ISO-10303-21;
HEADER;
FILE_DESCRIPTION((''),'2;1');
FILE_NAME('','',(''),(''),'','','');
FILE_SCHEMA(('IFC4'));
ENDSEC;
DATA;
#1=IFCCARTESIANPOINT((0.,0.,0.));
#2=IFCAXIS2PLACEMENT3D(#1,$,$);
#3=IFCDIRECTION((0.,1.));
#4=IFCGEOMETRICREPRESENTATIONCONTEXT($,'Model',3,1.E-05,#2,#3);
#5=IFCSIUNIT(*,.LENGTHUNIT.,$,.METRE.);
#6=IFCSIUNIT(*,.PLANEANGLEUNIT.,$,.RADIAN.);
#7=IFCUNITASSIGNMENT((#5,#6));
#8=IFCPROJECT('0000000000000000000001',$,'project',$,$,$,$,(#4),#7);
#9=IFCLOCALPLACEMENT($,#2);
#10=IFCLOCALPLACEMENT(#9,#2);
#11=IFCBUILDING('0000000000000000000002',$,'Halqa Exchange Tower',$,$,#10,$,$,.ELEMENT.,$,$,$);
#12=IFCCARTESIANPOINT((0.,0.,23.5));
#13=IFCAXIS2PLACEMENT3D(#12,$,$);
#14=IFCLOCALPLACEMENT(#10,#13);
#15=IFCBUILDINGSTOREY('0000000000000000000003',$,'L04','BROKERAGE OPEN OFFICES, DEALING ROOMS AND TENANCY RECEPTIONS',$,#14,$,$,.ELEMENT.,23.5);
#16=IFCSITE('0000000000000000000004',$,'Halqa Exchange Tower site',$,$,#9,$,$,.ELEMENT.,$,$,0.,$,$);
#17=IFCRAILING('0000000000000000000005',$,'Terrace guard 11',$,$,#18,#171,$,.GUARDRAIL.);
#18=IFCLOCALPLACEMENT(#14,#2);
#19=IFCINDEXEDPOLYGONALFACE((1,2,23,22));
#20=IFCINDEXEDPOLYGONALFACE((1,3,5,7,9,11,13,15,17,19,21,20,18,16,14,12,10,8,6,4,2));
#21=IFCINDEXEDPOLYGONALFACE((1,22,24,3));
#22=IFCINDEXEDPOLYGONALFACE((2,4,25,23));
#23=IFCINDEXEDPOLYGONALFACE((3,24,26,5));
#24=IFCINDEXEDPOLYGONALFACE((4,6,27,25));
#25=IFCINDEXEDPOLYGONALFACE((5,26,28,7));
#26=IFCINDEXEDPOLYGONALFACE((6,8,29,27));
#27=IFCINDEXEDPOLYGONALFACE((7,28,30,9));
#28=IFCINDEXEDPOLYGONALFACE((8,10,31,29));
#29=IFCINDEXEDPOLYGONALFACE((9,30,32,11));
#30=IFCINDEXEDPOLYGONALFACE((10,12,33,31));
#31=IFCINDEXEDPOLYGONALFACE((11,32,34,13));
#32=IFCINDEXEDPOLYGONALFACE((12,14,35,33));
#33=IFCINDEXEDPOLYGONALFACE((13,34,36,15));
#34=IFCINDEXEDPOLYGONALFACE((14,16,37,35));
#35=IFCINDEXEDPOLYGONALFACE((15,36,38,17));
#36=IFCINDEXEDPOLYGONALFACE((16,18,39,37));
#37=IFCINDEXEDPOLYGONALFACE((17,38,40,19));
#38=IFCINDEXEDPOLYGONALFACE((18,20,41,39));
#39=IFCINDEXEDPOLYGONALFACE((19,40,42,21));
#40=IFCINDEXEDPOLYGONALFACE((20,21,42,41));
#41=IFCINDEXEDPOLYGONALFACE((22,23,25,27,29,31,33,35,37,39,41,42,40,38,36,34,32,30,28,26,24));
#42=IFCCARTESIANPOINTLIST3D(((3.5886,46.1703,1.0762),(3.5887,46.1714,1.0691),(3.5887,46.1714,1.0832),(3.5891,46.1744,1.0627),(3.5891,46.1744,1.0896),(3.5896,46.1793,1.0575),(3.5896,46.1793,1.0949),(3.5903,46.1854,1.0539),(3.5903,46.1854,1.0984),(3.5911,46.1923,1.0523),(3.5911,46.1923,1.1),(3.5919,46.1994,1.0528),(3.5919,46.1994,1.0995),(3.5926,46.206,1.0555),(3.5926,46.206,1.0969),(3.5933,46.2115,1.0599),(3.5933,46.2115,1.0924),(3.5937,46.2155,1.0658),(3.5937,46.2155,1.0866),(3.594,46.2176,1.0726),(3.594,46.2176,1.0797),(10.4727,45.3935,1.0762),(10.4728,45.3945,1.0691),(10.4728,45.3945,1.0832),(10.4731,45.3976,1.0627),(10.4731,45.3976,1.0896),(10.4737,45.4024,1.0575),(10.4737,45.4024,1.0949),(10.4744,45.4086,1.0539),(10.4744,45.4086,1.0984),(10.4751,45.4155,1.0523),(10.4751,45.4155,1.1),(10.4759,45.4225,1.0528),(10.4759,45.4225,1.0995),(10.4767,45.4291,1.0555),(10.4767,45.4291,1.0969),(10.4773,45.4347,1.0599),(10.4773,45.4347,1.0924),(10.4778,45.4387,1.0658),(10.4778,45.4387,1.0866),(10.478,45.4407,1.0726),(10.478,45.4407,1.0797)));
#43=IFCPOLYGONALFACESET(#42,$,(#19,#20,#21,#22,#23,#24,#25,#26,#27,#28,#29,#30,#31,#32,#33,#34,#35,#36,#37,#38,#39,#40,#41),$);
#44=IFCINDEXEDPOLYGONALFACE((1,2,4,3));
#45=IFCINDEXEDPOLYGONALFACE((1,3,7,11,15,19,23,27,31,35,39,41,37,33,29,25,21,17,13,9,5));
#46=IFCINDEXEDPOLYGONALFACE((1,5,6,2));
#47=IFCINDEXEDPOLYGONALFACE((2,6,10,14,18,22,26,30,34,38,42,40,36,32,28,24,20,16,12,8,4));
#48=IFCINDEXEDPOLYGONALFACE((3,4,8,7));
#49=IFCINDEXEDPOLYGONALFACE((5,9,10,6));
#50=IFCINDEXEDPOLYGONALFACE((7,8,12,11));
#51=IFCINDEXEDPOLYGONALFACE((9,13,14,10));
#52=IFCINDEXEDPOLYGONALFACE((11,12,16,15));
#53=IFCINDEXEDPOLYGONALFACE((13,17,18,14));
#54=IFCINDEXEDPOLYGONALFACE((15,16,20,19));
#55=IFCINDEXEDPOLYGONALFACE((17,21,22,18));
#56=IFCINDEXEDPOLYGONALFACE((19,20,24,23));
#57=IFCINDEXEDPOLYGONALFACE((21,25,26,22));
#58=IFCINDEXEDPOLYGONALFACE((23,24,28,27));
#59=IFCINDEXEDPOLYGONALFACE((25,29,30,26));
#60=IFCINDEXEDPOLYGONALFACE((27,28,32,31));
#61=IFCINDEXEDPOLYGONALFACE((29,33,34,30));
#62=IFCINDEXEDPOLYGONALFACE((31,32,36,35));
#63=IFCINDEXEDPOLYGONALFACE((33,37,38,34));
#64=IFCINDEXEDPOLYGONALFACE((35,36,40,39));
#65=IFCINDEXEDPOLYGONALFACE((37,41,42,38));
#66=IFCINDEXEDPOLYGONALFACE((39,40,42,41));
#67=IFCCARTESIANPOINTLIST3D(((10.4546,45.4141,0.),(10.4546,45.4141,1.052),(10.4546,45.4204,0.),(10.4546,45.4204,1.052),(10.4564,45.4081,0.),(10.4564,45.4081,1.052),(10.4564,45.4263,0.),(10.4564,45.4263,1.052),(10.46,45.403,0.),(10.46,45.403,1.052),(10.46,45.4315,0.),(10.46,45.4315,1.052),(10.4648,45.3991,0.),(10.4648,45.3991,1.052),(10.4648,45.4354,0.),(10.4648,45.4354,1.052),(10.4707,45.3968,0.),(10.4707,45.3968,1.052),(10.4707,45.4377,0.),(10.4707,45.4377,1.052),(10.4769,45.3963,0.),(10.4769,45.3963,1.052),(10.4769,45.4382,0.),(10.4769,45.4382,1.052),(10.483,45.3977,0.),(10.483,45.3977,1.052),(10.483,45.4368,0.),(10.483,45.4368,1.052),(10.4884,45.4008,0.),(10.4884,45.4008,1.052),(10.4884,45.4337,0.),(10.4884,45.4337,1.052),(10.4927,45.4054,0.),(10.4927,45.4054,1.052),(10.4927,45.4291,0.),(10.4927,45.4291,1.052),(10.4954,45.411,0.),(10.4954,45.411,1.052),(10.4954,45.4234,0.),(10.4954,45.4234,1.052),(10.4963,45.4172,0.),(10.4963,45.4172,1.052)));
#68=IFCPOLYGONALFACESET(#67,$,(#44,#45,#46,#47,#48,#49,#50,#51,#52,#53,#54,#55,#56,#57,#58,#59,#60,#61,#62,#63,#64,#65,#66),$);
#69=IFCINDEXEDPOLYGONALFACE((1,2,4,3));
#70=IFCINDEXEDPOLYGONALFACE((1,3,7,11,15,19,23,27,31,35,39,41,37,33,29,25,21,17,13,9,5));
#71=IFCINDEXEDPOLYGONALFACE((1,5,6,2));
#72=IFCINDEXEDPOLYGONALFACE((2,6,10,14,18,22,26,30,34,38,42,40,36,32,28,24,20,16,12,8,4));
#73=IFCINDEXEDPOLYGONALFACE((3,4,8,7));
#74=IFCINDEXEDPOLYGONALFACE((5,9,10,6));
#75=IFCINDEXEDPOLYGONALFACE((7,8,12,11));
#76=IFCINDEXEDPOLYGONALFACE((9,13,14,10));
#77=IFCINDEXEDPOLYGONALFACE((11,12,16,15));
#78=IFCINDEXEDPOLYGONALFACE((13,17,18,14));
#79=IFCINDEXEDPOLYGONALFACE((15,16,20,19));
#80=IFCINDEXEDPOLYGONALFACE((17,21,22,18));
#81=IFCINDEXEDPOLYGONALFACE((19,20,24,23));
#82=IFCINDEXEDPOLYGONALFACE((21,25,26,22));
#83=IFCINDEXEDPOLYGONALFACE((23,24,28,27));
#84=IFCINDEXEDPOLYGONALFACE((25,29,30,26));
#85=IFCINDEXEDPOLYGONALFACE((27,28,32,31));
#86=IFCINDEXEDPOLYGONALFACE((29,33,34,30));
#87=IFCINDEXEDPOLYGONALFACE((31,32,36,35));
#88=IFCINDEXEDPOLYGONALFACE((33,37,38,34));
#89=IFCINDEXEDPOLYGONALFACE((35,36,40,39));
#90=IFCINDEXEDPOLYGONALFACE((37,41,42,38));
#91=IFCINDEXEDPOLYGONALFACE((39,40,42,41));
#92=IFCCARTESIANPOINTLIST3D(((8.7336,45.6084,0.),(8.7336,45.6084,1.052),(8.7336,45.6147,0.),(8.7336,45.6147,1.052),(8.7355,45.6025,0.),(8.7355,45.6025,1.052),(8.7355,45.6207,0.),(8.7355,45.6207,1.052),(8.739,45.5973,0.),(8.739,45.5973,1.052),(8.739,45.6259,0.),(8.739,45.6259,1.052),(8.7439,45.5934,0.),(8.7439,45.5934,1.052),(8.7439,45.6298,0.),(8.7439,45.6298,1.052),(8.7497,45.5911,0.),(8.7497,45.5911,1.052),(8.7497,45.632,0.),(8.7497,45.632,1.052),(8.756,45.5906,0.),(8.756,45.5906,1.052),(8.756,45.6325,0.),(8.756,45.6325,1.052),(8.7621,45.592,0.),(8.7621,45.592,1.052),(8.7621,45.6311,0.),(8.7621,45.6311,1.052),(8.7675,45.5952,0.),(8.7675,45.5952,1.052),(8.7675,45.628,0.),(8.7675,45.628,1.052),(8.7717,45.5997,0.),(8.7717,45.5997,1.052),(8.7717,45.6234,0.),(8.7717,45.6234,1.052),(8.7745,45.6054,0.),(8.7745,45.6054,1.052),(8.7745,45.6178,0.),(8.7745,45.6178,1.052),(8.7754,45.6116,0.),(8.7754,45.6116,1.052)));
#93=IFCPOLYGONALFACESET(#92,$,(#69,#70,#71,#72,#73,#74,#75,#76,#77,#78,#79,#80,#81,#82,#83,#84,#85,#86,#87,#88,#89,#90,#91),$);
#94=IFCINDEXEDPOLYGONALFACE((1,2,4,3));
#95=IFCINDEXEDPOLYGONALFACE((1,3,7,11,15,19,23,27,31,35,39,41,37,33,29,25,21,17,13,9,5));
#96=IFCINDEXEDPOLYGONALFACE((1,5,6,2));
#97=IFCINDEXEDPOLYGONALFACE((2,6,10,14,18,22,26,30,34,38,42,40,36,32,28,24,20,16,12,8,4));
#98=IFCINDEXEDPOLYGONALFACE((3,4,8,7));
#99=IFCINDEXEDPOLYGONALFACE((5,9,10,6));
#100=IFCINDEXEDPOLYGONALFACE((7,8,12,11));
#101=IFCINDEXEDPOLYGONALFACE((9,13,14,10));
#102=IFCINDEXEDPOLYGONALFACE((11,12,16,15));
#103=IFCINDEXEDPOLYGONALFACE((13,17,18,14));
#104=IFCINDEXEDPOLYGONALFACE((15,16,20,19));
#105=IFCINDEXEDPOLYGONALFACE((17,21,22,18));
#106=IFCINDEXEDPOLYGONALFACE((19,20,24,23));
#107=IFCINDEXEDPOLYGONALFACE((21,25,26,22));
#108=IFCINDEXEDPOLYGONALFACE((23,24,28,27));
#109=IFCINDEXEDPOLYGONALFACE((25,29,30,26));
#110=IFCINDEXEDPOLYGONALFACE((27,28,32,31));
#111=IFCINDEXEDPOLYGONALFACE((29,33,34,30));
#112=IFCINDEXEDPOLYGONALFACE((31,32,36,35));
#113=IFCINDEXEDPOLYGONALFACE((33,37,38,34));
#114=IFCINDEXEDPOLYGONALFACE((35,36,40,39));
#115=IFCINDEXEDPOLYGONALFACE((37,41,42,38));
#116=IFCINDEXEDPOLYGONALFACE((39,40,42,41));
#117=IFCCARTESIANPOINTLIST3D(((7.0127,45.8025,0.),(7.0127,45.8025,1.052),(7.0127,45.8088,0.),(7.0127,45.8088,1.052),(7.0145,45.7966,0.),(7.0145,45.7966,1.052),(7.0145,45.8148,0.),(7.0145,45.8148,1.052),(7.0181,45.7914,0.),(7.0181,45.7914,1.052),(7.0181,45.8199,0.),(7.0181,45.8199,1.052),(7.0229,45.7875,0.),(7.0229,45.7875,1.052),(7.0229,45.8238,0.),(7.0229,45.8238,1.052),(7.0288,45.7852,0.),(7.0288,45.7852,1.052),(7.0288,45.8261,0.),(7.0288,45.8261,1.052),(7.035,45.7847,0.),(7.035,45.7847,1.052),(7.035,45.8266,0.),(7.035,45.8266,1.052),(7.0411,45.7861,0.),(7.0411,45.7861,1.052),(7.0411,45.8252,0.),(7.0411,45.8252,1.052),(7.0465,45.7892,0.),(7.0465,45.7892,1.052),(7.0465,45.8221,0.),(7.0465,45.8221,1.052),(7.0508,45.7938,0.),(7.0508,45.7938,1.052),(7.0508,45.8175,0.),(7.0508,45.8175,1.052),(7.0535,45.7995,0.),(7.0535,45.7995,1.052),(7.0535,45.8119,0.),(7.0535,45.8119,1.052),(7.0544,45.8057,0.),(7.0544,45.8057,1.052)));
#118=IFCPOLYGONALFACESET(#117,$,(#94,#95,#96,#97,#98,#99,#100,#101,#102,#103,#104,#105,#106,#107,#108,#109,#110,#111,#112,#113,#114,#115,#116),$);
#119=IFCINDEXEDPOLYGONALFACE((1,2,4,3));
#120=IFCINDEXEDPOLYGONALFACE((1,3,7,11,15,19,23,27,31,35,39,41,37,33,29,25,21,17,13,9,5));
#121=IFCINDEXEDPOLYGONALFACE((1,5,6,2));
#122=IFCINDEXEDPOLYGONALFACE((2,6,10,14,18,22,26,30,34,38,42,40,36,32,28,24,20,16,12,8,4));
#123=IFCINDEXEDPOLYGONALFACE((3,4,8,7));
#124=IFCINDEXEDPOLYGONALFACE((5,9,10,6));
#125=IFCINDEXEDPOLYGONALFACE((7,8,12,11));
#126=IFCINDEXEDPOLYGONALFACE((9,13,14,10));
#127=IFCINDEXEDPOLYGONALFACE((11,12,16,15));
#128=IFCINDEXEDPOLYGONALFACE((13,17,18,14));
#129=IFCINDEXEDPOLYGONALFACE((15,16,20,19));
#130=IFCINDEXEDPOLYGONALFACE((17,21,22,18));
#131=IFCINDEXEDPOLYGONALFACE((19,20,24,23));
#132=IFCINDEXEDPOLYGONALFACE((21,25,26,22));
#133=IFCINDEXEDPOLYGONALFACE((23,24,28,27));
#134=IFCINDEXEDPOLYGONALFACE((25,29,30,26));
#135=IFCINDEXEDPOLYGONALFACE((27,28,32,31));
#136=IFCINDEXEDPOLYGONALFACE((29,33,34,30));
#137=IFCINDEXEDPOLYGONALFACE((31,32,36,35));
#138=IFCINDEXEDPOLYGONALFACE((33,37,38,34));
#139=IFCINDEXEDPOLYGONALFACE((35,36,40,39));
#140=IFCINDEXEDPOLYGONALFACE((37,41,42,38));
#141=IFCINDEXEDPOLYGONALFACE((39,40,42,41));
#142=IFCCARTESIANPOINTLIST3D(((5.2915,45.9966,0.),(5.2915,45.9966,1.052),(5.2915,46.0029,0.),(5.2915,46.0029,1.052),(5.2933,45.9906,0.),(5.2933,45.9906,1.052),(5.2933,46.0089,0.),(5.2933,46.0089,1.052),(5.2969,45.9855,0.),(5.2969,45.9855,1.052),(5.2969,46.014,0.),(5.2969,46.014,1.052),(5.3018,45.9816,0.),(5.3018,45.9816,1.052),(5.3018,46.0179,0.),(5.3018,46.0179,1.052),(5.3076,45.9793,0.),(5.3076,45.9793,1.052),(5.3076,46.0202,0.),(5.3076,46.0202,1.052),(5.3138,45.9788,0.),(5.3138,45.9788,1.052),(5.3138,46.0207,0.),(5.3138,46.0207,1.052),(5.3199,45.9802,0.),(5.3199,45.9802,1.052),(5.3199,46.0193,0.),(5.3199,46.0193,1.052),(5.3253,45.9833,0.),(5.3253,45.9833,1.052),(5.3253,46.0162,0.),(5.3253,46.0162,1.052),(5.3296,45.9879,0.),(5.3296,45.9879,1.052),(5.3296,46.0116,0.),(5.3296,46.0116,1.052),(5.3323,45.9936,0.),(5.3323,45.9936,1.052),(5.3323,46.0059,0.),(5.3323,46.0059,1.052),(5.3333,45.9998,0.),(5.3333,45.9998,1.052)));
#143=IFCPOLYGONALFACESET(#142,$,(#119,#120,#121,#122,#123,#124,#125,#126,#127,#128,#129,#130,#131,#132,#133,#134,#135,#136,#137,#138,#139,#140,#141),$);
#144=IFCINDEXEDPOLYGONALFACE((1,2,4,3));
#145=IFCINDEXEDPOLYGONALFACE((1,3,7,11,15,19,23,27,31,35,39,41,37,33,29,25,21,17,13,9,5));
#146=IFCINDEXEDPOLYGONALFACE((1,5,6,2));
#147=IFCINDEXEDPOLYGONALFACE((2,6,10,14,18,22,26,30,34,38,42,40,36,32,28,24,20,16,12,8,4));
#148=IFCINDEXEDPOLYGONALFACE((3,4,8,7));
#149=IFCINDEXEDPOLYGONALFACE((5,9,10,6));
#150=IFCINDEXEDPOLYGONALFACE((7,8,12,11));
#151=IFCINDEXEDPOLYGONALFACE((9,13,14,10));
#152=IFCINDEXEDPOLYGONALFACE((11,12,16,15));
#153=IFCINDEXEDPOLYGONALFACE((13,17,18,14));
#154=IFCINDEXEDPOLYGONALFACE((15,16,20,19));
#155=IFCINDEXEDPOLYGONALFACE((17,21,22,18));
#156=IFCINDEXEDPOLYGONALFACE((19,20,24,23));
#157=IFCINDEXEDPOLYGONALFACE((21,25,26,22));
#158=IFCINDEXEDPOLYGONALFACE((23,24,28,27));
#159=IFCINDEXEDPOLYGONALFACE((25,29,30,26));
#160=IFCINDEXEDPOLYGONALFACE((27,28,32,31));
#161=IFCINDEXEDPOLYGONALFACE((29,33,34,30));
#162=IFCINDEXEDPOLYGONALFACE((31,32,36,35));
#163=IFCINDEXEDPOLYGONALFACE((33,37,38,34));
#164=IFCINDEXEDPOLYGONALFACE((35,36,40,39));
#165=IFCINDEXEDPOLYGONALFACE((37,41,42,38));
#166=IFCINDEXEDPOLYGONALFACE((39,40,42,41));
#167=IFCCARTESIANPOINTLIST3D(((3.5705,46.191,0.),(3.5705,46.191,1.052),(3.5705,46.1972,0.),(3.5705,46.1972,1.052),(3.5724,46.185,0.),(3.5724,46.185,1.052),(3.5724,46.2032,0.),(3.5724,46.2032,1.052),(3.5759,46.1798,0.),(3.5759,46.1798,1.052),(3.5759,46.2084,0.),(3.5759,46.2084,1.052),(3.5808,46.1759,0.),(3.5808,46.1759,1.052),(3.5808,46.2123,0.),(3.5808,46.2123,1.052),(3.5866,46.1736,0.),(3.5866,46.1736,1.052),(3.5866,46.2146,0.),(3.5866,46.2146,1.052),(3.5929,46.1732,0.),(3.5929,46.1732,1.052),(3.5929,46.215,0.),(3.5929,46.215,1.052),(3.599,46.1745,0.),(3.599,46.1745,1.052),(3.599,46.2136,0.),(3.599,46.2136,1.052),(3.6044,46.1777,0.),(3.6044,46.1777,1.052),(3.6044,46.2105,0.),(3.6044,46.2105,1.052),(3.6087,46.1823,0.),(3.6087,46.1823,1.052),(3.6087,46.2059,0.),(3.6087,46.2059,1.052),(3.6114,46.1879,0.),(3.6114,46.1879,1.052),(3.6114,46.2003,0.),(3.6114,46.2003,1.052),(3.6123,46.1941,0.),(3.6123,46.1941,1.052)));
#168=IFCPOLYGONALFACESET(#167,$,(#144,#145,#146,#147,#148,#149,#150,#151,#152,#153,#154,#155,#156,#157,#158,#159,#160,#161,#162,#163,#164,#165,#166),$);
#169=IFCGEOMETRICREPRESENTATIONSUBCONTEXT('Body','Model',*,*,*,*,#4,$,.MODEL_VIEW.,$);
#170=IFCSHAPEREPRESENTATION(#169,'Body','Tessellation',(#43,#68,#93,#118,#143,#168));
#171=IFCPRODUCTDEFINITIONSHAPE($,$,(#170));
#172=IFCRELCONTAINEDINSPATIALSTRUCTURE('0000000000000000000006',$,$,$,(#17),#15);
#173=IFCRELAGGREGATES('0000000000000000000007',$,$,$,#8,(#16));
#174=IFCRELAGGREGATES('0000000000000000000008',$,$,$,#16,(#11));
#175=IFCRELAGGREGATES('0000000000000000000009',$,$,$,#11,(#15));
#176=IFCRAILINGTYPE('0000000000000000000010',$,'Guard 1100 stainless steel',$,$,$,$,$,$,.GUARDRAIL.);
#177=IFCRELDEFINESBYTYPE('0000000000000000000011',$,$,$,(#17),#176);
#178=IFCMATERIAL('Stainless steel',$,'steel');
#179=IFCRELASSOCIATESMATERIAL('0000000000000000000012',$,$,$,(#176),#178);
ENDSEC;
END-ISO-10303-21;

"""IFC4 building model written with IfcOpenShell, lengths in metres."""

from ifc_helpers import new_model, si_unit, direction, frame, origin, origin_2d, place, context, subcontext, project, spatial, circle, extrude, material, type_object, element, save


model = new_model("IFC4")

# Units and contexts
model_context = context("Model", 3, precision=1e-05, world=origin(), true_north=direction((0.0, 1.0)))
body_context = subcontext(model_context, "Body", "Model", "MODEL_VIEW")
ifc_project = project(units=[si_unit("LENGTHUNIT", "METRE"), si_unit("PLANEANGLEUNIT", "RADIAN")], contexts=[model_context])

# Site, building, storey
site_placement = place(None, origin())
site = spatial("IfcSite", under=ifc_project, at=site_placement, Name="Halqa Exchange Tower site", CompositionType="ELEMENT", RefElevation=0.0)
building_placement = place(site_placement, origin())
building = spatial("IfcBuilding", under=site, at=building_placement, Name="Halqa Exchange Tower", CompositionType="ELEMENT")
storey_placement = place(building_placement, frame((0.0, 0.0, 23.5)))
storey = spatial("IfcBuildingStorey", under=building, at=storey_placement, Name="L04", Description="BROKERAGE OPEN OFFICES, DEALING ROOMS AND TENANCY RECEPTIONS", CompositionType="ELEMENT", Elevation=23.5)

# Railing
ifc_material_1 = material(Name="Stainless steel", Category="steel")
railing_type = type_object("IfcRailingType", Name="Guard 1100 stainless steel", PredefinedType="GUARDRAIL", material=ifc_material_1)
railing_1_placement = place(storey_placement, frame((10.4753, 45.4172, 0.0)))
element("IfcRailing", 1, at=railing_1_placement, inside=storey, type_object=railing_type, Name="Terrace guard 11", PredefinedType="GUARDRAIL", context=body_context, shape_type="SweptSolid", body=[
    extrude(circle(Radius=0.0239, at=origin_2d()), frame((0.0, 0.0, 1.0762), z_axis=(-0.993693, 0.112137, 0.0), x_axis=(-0.112137, -0.993693, 0.0)), (0.0, 0.0, 1.0), 6.9277),
    extrude(circle(Radius=0.021, at=origin_2d()), origin(), (0.0, 0.0, 1.0), 1.052),
    extrude(circle(Radius=0.021, at=origin_2d()), frame((-1.7209, 0.1943, 0.0)), (0.0, 0.0, 1.0), 1.052),
    extrude(circle(Radius=0.021, at=origin_2d()), frame((-3.4419, 0.3884, 0.0)), (0.0, 0.0, 1.0), 1.052),
    extrude(circle(Radius=0.021, at=origin_2d()), frame((-5.1631, 0.5825, 0.0)), (0.0, 0.0, 1.0), 1.052),
    extrude(circle(Radius=0.021, at=origin_2d()), frame((-6.884, 0.7769, 0.0)), (0.0, 0.0, 1.0), 1.052),
])

save(model, "model.ifc")
